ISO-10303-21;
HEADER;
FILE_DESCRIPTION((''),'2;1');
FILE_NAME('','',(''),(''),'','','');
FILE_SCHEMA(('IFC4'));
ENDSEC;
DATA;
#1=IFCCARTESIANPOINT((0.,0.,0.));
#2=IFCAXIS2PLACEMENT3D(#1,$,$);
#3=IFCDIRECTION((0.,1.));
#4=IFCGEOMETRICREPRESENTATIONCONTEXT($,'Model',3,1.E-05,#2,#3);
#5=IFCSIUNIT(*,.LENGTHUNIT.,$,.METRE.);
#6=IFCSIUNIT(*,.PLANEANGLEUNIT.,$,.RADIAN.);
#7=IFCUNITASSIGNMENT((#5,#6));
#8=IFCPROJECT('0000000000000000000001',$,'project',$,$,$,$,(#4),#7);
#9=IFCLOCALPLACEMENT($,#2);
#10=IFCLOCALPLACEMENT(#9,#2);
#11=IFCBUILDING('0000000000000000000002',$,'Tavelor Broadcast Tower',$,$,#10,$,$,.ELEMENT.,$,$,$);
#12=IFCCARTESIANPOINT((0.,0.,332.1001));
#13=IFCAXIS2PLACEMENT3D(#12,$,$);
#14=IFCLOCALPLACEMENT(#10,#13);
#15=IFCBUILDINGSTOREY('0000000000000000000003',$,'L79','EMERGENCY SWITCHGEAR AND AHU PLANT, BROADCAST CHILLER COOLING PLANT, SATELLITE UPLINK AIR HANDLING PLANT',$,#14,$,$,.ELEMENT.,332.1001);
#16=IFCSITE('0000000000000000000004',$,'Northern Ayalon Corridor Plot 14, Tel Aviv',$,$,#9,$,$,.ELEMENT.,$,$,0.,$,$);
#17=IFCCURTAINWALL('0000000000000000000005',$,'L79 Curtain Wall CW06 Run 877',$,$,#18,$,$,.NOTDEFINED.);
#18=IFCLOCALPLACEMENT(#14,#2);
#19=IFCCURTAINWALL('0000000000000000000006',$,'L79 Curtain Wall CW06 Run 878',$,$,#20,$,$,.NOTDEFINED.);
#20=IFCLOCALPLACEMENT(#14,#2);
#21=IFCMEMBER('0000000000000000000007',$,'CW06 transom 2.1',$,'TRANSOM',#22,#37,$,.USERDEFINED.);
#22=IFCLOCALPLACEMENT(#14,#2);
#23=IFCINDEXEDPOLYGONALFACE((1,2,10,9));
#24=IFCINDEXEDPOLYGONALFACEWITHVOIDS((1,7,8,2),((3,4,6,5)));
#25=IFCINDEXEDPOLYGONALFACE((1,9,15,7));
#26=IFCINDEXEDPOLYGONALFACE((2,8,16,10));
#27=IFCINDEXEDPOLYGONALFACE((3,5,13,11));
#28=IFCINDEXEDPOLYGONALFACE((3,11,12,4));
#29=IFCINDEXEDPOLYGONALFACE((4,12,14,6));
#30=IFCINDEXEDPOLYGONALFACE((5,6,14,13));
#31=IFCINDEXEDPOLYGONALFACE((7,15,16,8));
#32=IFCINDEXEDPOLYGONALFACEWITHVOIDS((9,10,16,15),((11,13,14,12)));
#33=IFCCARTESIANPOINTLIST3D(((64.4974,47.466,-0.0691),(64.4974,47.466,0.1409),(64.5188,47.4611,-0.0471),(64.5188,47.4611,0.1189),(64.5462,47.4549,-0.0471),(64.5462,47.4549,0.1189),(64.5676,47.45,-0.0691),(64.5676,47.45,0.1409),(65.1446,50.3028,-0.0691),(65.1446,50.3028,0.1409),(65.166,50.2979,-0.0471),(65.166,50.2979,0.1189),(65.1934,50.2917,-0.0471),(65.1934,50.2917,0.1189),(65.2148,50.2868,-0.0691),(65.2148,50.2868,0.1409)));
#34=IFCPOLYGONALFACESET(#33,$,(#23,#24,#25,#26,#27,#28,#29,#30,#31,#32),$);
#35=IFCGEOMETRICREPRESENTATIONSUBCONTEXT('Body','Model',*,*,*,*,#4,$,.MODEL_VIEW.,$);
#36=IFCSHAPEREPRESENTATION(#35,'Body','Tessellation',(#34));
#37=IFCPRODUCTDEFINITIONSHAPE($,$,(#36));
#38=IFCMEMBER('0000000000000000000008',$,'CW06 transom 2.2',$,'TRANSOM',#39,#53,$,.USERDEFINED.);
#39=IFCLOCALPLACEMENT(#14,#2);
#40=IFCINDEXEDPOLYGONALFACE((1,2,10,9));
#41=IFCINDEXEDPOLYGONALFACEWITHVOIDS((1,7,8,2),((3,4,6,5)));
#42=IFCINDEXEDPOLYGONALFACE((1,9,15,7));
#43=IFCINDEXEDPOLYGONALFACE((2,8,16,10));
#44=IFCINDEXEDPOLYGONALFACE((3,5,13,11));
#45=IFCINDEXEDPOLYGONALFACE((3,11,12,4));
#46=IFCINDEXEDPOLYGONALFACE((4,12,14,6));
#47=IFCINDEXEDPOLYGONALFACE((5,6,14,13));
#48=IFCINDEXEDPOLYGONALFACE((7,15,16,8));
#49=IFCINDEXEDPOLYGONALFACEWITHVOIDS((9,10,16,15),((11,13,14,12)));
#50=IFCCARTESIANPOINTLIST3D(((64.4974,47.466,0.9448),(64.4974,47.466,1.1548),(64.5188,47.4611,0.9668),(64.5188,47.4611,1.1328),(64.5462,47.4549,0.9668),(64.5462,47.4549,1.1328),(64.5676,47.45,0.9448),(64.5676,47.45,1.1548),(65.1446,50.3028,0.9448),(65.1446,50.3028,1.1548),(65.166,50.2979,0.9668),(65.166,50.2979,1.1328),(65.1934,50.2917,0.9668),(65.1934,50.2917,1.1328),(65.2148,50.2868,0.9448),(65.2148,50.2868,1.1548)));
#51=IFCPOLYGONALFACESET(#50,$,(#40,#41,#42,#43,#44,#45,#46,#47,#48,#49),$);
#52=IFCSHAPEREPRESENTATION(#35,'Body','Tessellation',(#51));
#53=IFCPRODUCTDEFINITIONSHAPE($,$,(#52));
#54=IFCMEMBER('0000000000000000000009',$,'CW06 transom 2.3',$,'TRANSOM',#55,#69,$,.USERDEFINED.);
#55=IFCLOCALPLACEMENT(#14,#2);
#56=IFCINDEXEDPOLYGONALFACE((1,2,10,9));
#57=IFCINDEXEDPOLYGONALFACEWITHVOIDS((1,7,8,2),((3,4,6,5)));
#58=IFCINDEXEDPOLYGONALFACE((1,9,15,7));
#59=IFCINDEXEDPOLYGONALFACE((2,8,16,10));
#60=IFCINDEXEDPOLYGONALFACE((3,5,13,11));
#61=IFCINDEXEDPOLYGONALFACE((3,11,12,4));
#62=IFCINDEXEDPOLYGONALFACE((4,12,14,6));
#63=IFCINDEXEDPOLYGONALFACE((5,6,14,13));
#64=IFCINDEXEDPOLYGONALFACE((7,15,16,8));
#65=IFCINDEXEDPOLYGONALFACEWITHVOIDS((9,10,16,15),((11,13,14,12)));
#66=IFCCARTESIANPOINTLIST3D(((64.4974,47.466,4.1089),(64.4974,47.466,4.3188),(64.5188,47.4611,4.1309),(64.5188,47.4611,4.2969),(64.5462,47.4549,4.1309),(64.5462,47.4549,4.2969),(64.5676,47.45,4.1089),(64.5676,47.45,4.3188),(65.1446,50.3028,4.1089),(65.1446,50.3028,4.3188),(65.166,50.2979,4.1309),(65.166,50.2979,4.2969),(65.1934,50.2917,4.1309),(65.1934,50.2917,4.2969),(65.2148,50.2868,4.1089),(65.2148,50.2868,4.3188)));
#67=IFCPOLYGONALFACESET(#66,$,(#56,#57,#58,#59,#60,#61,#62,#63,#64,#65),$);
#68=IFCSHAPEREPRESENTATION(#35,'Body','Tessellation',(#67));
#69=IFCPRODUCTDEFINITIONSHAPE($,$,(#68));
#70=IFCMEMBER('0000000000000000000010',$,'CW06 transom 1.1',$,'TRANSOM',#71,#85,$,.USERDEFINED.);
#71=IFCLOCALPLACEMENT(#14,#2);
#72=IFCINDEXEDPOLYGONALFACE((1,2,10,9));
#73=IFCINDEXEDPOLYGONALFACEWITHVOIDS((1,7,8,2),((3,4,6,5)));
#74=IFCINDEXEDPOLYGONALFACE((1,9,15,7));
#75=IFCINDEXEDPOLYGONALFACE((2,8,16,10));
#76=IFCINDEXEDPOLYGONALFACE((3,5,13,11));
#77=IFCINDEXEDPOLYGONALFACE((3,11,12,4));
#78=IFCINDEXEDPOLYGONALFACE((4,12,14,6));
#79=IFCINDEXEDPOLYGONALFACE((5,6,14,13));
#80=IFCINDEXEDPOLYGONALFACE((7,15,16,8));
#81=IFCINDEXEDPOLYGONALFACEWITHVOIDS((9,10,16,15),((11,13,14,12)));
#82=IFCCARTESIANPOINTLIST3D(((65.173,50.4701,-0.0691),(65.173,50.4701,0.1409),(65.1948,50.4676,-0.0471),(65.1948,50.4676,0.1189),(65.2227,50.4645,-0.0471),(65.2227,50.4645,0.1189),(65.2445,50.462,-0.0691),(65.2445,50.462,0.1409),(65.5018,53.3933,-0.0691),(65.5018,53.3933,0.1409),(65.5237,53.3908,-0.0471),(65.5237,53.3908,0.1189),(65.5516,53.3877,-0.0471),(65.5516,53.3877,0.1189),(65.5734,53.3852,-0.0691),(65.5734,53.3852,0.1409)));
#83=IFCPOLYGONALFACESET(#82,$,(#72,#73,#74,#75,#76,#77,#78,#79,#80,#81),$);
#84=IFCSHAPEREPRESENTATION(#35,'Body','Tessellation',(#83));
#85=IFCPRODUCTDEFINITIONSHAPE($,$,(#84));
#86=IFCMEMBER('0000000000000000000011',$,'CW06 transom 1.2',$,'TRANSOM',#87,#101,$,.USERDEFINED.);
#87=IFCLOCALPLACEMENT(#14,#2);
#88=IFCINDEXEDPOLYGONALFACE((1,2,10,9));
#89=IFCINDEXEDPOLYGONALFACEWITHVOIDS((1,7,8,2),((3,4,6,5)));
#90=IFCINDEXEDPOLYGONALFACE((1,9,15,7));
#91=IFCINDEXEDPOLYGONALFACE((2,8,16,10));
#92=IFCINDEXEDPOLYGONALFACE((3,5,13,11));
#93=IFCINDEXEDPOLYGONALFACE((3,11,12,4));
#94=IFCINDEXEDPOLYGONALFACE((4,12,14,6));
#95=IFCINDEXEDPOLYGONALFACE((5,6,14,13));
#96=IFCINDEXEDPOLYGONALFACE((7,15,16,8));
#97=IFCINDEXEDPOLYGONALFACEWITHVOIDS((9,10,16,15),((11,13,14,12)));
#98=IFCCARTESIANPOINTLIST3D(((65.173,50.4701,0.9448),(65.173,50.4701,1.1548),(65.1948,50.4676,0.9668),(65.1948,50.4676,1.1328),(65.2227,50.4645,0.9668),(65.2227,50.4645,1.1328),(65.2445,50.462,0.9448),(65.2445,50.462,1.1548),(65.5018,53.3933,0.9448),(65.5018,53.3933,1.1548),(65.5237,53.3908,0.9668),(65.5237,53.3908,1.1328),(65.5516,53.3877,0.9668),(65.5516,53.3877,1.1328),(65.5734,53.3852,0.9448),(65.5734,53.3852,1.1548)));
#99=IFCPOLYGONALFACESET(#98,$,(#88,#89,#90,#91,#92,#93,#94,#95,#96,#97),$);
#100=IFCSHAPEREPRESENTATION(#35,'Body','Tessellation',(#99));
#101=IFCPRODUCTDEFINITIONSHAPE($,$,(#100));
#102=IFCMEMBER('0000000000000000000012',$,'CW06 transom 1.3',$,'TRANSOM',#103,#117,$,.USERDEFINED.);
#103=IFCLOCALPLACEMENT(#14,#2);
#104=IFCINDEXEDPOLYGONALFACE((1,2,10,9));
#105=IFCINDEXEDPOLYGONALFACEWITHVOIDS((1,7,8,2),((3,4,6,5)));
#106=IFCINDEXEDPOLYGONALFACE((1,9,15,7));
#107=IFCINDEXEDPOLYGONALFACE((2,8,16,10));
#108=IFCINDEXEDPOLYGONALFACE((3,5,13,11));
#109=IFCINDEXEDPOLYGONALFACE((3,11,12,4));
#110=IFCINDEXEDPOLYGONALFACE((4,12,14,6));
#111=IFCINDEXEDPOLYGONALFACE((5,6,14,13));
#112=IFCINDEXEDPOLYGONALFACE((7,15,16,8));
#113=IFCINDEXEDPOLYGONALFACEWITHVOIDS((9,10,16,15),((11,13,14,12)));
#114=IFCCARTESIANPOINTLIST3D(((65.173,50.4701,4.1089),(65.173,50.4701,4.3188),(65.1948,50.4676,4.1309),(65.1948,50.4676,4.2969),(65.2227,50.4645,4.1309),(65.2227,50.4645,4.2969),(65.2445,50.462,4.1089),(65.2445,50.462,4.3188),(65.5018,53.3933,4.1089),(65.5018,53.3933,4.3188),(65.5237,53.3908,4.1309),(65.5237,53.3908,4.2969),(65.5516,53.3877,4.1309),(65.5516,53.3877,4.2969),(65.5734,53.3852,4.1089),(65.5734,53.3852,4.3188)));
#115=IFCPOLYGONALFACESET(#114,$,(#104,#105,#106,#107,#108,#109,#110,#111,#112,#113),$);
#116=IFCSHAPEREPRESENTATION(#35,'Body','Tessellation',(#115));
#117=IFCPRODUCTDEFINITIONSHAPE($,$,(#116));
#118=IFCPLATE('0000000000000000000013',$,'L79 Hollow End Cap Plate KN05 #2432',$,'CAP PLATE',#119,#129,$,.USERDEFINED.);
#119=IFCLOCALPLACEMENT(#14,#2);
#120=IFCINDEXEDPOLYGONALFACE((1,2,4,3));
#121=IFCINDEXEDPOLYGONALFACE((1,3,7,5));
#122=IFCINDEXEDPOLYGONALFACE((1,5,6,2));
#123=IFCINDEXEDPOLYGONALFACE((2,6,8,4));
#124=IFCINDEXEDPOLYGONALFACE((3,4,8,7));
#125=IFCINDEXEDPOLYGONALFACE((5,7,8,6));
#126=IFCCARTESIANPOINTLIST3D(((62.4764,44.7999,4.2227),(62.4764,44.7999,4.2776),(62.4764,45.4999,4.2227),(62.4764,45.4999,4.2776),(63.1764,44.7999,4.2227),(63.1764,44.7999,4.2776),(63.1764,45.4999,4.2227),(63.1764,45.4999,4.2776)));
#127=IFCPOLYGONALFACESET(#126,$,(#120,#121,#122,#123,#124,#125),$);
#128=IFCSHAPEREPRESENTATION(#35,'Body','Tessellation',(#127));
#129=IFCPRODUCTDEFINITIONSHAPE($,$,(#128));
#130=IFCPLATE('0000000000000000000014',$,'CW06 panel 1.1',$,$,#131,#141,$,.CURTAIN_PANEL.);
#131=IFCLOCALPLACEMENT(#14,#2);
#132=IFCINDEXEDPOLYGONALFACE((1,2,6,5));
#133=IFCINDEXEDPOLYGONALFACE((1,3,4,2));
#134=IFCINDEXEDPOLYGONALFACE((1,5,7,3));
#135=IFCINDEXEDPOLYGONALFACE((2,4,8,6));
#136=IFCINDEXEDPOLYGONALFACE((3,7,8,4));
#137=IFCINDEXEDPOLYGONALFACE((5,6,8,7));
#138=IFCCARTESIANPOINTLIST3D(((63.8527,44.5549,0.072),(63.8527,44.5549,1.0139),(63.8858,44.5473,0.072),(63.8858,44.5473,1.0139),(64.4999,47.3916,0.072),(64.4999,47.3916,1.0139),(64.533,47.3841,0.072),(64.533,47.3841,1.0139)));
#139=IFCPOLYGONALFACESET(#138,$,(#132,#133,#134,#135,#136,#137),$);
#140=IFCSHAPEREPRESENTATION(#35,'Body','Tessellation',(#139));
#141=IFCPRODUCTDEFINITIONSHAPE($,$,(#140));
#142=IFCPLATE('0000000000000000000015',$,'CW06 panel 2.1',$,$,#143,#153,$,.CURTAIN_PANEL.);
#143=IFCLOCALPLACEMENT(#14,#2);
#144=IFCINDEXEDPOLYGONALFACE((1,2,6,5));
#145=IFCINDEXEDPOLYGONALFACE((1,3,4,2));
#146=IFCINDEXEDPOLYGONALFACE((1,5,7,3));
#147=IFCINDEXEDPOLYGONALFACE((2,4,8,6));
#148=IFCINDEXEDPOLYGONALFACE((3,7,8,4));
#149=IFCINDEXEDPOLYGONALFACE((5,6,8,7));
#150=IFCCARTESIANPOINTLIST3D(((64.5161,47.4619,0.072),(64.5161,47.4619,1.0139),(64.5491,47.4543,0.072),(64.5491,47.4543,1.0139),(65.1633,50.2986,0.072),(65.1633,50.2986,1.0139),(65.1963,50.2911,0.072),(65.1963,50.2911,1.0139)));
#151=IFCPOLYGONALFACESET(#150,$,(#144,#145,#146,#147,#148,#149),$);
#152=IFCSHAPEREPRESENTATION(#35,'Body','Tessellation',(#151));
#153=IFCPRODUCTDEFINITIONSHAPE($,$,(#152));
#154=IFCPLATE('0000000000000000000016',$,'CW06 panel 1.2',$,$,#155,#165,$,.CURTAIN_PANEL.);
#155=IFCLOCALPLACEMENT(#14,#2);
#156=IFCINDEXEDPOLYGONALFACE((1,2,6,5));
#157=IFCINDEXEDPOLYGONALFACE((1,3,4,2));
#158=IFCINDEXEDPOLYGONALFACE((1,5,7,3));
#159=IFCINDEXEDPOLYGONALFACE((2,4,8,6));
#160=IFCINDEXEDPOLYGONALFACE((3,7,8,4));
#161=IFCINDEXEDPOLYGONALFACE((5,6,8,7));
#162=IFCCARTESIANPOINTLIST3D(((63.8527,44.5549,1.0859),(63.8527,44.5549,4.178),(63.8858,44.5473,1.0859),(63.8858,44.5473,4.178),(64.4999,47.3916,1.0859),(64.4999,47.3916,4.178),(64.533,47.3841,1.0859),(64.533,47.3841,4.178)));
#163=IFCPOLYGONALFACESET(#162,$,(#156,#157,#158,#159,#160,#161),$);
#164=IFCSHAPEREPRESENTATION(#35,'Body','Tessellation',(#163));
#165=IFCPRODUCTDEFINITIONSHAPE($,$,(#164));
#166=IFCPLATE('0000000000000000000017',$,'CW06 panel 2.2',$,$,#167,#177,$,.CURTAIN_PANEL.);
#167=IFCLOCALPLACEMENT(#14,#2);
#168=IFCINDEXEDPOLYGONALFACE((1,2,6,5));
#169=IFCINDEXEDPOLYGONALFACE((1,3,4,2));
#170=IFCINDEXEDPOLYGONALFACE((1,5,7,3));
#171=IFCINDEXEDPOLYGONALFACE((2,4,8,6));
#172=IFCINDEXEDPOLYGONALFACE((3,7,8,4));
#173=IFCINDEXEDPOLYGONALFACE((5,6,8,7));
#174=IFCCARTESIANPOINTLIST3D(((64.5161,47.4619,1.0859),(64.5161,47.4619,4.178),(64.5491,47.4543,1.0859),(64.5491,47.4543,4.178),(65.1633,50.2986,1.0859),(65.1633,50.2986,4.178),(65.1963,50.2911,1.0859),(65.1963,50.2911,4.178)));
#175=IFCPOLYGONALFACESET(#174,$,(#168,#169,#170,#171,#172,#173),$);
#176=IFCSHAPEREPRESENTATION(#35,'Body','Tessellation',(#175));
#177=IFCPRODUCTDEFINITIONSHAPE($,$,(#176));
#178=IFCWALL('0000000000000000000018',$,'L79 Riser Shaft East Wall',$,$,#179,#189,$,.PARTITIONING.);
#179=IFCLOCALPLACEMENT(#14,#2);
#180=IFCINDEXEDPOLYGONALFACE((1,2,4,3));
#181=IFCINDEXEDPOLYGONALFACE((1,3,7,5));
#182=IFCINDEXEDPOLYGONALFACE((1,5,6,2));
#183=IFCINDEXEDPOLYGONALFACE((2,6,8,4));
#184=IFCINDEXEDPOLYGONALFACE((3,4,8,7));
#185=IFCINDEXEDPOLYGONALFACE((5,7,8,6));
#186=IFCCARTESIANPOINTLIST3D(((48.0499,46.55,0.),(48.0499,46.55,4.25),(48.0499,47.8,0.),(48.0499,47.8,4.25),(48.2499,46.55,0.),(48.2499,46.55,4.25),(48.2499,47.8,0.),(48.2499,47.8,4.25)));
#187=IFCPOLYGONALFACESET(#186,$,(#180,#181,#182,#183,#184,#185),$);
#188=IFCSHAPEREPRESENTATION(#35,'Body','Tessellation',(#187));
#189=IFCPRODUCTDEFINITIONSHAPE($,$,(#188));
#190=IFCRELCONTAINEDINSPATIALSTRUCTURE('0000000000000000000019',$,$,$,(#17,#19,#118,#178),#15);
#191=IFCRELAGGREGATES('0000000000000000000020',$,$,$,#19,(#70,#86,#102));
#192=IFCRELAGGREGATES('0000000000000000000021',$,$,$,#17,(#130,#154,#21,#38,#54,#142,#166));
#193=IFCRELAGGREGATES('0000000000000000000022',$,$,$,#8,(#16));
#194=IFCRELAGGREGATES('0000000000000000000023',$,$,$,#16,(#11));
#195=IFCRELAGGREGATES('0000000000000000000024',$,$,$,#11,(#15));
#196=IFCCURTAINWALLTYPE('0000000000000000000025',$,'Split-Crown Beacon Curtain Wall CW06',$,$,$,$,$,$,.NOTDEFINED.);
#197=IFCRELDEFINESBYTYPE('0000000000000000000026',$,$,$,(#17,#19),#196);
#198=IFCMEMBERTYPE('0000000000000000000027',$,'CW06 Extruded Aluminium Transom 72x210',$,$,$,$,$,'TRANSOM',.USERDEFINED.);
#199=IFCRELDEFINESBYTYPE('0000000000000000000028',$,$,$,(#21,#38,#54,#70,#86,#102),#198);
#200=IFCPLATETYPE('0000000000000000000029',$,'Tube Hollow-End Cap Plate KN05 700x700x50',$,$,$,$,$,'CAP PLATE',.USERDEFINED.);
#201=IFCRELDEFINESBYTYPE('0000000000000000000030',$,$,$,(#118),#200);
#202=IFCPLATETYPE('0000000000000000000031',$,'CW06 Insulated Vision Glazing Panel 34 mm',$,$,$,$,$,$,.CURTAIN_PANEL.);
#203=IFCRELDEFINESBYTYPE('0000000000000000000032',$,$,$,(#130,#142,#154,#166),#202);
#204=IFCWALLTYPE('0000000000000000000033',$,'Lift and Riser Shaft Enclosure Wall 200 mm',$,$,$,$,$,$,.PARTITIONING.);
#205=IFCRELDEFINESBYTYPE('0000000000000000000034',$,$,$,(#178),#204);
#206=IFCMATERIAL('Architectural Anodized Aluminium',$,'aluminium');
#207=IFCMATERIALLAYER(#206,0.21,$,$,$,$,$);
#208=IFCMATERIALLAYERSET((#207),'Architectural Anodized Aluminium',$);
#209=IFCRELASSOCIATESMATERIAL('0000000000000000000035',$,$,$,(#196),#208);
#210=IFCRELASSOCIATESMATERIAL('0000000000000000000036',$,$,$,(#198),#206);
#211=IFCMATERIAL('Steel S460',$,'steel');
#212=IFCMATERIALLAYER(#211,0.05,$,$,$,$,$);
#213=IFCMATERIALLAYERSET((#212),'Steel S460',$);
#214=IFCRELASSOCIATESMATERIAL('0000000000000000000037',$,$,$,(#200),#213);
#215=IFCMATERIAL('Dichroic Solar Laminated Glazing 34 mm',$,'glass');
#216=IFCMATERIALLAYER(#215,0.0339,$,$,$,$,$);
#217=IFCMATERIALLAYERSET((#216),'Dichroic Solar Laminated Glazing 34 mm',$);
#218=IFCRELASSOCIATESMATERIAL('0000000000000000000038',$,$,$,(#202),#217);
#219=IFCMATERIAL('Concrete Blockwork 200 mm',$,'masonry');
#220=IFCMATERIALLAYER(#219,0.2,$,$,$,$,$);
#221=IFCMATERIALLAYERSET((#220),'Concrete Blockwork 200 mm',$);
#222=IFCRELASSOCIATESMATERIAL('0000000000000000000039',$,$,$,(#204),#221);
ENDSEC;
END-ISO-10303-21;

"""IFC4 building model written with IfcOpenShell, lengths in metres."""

from ifc_helpers import new_model, si_unit, direction, frame, frame_2d, origin, origin_2d, place, context, subcontext, project, spatial, rectangle, hollow_rectangle, extrude, source, transform, mapped, material, layer, layer_set, material_profile, profile_set, type_object, type_shapes, element, aggregate, save


model = new_model("IFC4")

# Units and contexts
model_context = context("Model", 3, precision=1e-05, world=origin(), true_north=direction((0.0, 1.0)))
body_context = subcontext(model_context, "Body", "Model", "MODEL_VIEW")
ifc_project = project(units=[si_unit("LENGTHUNIT", "METRE"), si_unit("PLANEANGLEUNIT", "RADIAN")], contexts=[model_context])

# Site, building, storey
site_placement = place(None, origin())
site = spatial("IfcSite", under=ifc_project, at=site_placement, Name="Northern Ayalon Corridor Plot 14, Tel Aviv", CompositionType="ELEMENT", RefElevation=0.0)
building_placement = place(site_placement, origin())
building = spatial("IfcBuilding", under=site, at=building_placement, Name="Tavelor Broadcast Tower", CompositionType="ELEMENT")
storey_placement = place(building_placement, frame((0.0, 0.0, 332.1001)))
storey = spatial("IfcBuildingStorey", under=building, at=storey_placement, Name="L79", Description="EMERGENCY SWITCHGEAR AND AHU PLANT, BROADCAST CHILLER COOLING PLANT, SATELLITE UPLINK AIR HANDLING PLANT", CompositionType="ELEMENT", Elevation=332.1001)

# Curtain wall
ifc_material_1 = material(Name="Architectural Anodized Aluminium", Category="aluminium")
ifc_layer_1 = layer(ifc_material_1, 0.21)
ifc_layer_set_1 = layer_set([ifc_layer_1], Name="Architectural Anodized Aluminium")
curtain_wall_type = type_object("IfcCurtainWallType", Name="Split-Crown Beacon Curtain Wall CW06", PredefinedType="NOTDEFINED", material=ifc_layer_set_1)
curtain_wall_1_placement = place(storey_placement, origin())
curtain_wall_1 = element("IfcCurtainWall", 1, at=curtain_wall_1_placement, inside=storey, type_object=curtain_wall_type, Name="L79 Curtain Wall CW06 Run 877", PredefinedType="NOTDEFINED")

# Curtain wall
curtain_wall_2_placement = place(storey_placement, origin())
curtain_wall_2 = element("IfcCurtainWall", 2, at=curtain_wall_2_placement, inside=storey, type_object=curtain_wall_type, Name="L79 Curtain Wall CW06 Run 878", PredefinedType="NOTDEFINED")

# Members
ifc_material_profile_1 = material_profile(ifc_material_1, hollow_rectangle(XDim=0.072, YDim=0.21, WallThickness=0.022, at=origin_2d()), Name="RHS 72x210x22")
ifc_profile_set_1 = profile_set([ifc_material_profile_1], Name="Architectural Anodized Aluminium")
member_type_1 = type_object("IfcMemberType", Name="CW06 Extruded Aluminium Transom 72x210", ElementType="TRANSOM", PredefinedType="USERDEFINED", material=ifc_profile_set_1)
shared_shape_1 = source(origin(), body_context, "Body", "SweptSolid", [
    extrude(hollow_rectangle(XDim=0.072, YDim=0.21, WallThickness=0.022, at=origin_2d()), origin(), (0.0, 0.0, 1.0), 2.9097),
])
member_1_placement = place(storey_placement, frame((64.5325, 47.458, 0.0359), z_axis=(0.222444, 0.974945, 0.0), x_axis=(-0.974945, 0.222444, 0.0)))
member_1 = element("IfcMember", 3, at=member_1_placement, type_object=member_type_1, Name="CW06 transom 2.1", ObjectType="TRANSOM", PredefinedType="USERDEFINED", context=body_context, shape_type="MappedRepresentation", body=[
    mapped(shared_shape_1, transform((0.0, 0.0, 0.0), scale=1.0)),
])
member_2_placement = place(storey_placement, frame((64.5325, 47.458, 1.0498), z_axis=(0.222444, 0.974945, 0.0), x_axis=(-0.974945, 0.222444, 0.0)))
member_2 = element("IfcMember", 4, at=member_2_placement, type_object=member_type_1, Name="CW06 transom 2.2", ObjectType="TRANSOM", PredefinedType="USERDEFINED", context=body_context, shape_type="MappedRepresentation", body=[
    mapped(shared_shape_1, transform((0.0, 0.0, 0.0), scale=1.0)),
])
member_3_placement = place(storey_placement, frame((64.5325, 47.458, 4.2139), z_axis=(0.222444, 0.974945, 0.0), x_axis=(-0.974945, 0.222444, 0.0)))
member_3 = element("IfcMember", 5, at=member_3_placement, type_object=member_type_1, Name="CW06 transom 2.3", ObjectType="TRANSOM", PredefinedType="USERDEFINED", context=body_context, shape_type="MappedRepresentation", body=[
    mapped(shared_shape_1, transform((0.0, 0.0, 0.0), scale=1.0)),
])
shared_shape_2 = source(origin(), body_context, "Body", "SweptSolid", [
    extrude(hollow_rectangle(XDim=0.072, YDim=0.21, WallThickness=0.022, at=origin_2d()), origin(), (0.0, 0.0, 1.0), 2.9417),
])
type_shapes(member_type_1, [shared_shape_1, shared_shape_2])
member_4_placement = place(storey_placement, frame((65.2087, 50.4661, 0.0359), z_axis=(0.111798, 0.993731, 0.0), x_axis=(-0.993731, 0.111798, 0.0)))
member_4 = element("IfcMember", 6, at=member_4_placement, type_object=member_type_1, Name="CW06 transom 1.1", ObjectType="TRANSOM", PredefinedType="USERDEFINED", context=body_context, shape_type="MappedRepresentation", body=[
    mapped(shared_shape_2, transform((0.0, 0.0, 0.0), scale=1.0)),
])
member_5_placement = place(storey_placement, frame((65.2087, 50.4661, 1.0498), z_axis=(0.111798, 0.993731, 0.0), x_axis=(-0.993731, 0.111798, 0.0)))
member_5 = element("IfcMember", 7, at=member_5_placement, type_object=member_type_1, Name="CW06 transom 1.2", ObjectType="TRANSOM", PredefinedType="USERDEFINED", context=body_context, shape_type="MappedRepresentation", body=[
    mapped(shared_shape_2, transform((0.0, 0.0, 0.0), scale=1.0)),
])
member_6_placement = place(storey_placement, frame((65.2087, 50.4661, 4.2139), z_axis=(0.111798, 0.993731, 0.0), x_axis=(-0.993731, 0.111798, 0.0)))
member_6 = element("IfcMember", 8, at=member_6_placement, type_object=member_type_1, Name="CW06 transom 1.3", ObjectType="TRANSOM", PredefinedType="USERDEFINED", context=body_context, shape_type="MappedRepresentation", body=[
    mapped(shared_shape_2, transform((0.0, 0.0, 0.0), scale=1.0)),
])
aggregate(curtain_wall_2, [member_4, member_5, member_6])

# Plates
ifc_material_2 = material(Name="Steel S460", Category="steel")
ifc_layer_2 = layer(ifc_material_2, 0.05)
ifc_layer_set_2 = layer_set([ifc_layer_2], Name="Steel S460")
plate_type_1 = type_object("IfcPlateType", Name="Tube Hollow-End Cap Plate KN05 700x700x50", ElementType="CAP PLATE", PredefinedType="USERDEFINED", material=ifc_layer_set_2)
shared_shape_3 = source(origin(), body_context, "Body", "SweptSolid", [
    extrude(rectangle(XDim=0.7, YDim=0.7, at=origin_2d()), origin(), (0.0, 0.0, 1.0), 0.0549),
])
type_shapes(plate_type_1, [shared_shape_3])
plate_1_placement = place(storey_placement, frame((62.8264, 45.1499, 4.2227), z_axis=(0.0, 0.0, 1.0), x_axis=(1.0, 0.0, 0.0)))
element("IfcPlate", 9, at=plate_1_placement, inside=storey, type_object=plate_type_1, Name="L79 Hollow End Cap Plate KN05 #2432", ObjectType="CAP PLATE", PredefinedType="USERDEFINED", context=body_context, shape_type="MappedRepresentation", body=[
    mapped(shared_shape_3, transform((0.0, 0.0, 0.0), scale=1.0)),
])
ifc_material_3 = material(Name="Dichroic Solar Laminated Glazing 34 mm", Category="glass")
ifc_layer_3 = layer(ifc_material_3, 0.0339)
ifc_layer_set_3 = layer_set([ifc_layer_3], Name="Dichroic Solar Laminated Glazing 34 mm")
plate_type_2 = type_object("IfcPlateType", Name="CW06 Insulated Vision Glazing Panel 34 mm", PredefinedType="CURTAIN_PANEL", material=ifc_layer_set_3)
shared_shape_4 = source(origin(), body_context, "Body", "SweptSolid", [
    extrude(rectangle(XDim=2.9097, YDim=0.0339, at=origin_2d()), origin(), (0.0, 0.0, 1.0), 0.9419),
])
plate_2_placement = place(storey_placement, frame((64.1929, 45.9695, 0.072), z_axis=(0.0, 0.0, 1.0), x_axis=(0.222429, 0.974949, 0.0)))
plate_2 = element("IfcPlate", 10, at=plate_2_placement, type_object=plate_type_2, Name="CW06 panel 1.1", PredefinedType="CURTAIN_PANEL", context=body_context, shape_type="MappedRepresentation", body=[
    mapped(shared_shape_4, transform((0.0, 0.0, 0.0), scale=1.0)),
])
plate_3_placement = place(storey_placement, frame((64.8562, 48.8765, 0.072), z_axis=(0.0, 0.0, 1.0), x_axis=(0.222429, 0.974949, 0.0)))
plate_3 = element("IfcPlate", 11, at=plate_3_placement, type_object=plate_type_2, Name="CW06 panel 2.1", PredefinedType="CURTAIN_PANEL", context=body_context, shape_type="MappedRepresentation", body=[
    mapped(shared_shape_4, transform((0.0, 0.0, 0.0), scale=1.0)),
])
shared_shape_5 = source(origin(), body_context, "Body", "SweptSolid", [
    extrude(rectangle(XDim=2.9097, YDim=0.0339, at=origin_2d()), origin(), (0.0, 0.0, 1.0), 3.092),
])
type_shapes(plate_type_2, [shared_shape_4, shared_shape_5])
plate_4_placement = place(storey_placement, frame((64.1929, 45.9695, 1.0859), z_axis=(0.0, 0.0, 1.0), x_axis=(0.222429, 0.974949, 0.0)))
plate_4 = element("IfcPlate", 12, at=plate_4_placement, type_object=plate_type_2, Name="CW06 panel 1.2", PredefinedType="CURTAIN_PANEL", context=body_context, shape_type="MappedRepresentation", body=[
    mapped(shared_shape_5, transform((0.0, 0.0, 0.0), scale=1.0)),
])
plate_5_placement = place(storey_placement, frame((64.8562, 48.8765, 1.0859), z_axis=(0.0, 0.0, 1.0), x_axis=(0.222429, 0.974949, 0.0)))
plate_5 = element("IfcPlate", 13, at=plate_5_placement, type_object=plate_type_2, Name="CW06 panel 2.2", PredefinedType="CURTAIN_PANEL", context=body_context, shape_type="MappedRepresentation", body=[
    mapped(shared_shape_5, transform((0.0, 0.0, 0.0), scale=1.0)),
])
aggregate(curtain_wall_1, [plate_2, plate_4, member_1, member_2, member_3, plate_3, plate_5])

# Wall
ifc_material_4 = material(Name="Concrete Blockwork 200 mm", Category="masonry")
ifc_layer_4 = layer(ifc_material_4, 0.2)
ifc_layer_set_4 = layer_set([ifc_layer_4], Name="Concrete Blockwork 200 mm")
wall_type_1 = type_object("IfcWallType", Name="Lift and Riser Shaft Enclosure Wall 200 mm", PredefinedType="PARTITIONING", material=ifc_layer_set_4)
wall_1_placement = place(storey_placement, frame((48.1499, 46.55, 0.0), z_axis=(0.0, 0.0, 1.0), x_axis=(0.0, 1.0, 0.0)))
element("IfcWall", 14, at=wall_1_placement, inside=storey, type_object=wall_type_1, Name="L79 Riser Shaft East Wall", PredefinedType="PARTITIONING", context=body_context, shape_type="SweptSolid", body=[
    extrude(rectangle(XDim=1.25, YDim=0.2, at=frame_2d((0.625, 0.0))), origin(), (0.0, 0.0, 1.0), 4.25),
])

save(model, "model.ifc")
